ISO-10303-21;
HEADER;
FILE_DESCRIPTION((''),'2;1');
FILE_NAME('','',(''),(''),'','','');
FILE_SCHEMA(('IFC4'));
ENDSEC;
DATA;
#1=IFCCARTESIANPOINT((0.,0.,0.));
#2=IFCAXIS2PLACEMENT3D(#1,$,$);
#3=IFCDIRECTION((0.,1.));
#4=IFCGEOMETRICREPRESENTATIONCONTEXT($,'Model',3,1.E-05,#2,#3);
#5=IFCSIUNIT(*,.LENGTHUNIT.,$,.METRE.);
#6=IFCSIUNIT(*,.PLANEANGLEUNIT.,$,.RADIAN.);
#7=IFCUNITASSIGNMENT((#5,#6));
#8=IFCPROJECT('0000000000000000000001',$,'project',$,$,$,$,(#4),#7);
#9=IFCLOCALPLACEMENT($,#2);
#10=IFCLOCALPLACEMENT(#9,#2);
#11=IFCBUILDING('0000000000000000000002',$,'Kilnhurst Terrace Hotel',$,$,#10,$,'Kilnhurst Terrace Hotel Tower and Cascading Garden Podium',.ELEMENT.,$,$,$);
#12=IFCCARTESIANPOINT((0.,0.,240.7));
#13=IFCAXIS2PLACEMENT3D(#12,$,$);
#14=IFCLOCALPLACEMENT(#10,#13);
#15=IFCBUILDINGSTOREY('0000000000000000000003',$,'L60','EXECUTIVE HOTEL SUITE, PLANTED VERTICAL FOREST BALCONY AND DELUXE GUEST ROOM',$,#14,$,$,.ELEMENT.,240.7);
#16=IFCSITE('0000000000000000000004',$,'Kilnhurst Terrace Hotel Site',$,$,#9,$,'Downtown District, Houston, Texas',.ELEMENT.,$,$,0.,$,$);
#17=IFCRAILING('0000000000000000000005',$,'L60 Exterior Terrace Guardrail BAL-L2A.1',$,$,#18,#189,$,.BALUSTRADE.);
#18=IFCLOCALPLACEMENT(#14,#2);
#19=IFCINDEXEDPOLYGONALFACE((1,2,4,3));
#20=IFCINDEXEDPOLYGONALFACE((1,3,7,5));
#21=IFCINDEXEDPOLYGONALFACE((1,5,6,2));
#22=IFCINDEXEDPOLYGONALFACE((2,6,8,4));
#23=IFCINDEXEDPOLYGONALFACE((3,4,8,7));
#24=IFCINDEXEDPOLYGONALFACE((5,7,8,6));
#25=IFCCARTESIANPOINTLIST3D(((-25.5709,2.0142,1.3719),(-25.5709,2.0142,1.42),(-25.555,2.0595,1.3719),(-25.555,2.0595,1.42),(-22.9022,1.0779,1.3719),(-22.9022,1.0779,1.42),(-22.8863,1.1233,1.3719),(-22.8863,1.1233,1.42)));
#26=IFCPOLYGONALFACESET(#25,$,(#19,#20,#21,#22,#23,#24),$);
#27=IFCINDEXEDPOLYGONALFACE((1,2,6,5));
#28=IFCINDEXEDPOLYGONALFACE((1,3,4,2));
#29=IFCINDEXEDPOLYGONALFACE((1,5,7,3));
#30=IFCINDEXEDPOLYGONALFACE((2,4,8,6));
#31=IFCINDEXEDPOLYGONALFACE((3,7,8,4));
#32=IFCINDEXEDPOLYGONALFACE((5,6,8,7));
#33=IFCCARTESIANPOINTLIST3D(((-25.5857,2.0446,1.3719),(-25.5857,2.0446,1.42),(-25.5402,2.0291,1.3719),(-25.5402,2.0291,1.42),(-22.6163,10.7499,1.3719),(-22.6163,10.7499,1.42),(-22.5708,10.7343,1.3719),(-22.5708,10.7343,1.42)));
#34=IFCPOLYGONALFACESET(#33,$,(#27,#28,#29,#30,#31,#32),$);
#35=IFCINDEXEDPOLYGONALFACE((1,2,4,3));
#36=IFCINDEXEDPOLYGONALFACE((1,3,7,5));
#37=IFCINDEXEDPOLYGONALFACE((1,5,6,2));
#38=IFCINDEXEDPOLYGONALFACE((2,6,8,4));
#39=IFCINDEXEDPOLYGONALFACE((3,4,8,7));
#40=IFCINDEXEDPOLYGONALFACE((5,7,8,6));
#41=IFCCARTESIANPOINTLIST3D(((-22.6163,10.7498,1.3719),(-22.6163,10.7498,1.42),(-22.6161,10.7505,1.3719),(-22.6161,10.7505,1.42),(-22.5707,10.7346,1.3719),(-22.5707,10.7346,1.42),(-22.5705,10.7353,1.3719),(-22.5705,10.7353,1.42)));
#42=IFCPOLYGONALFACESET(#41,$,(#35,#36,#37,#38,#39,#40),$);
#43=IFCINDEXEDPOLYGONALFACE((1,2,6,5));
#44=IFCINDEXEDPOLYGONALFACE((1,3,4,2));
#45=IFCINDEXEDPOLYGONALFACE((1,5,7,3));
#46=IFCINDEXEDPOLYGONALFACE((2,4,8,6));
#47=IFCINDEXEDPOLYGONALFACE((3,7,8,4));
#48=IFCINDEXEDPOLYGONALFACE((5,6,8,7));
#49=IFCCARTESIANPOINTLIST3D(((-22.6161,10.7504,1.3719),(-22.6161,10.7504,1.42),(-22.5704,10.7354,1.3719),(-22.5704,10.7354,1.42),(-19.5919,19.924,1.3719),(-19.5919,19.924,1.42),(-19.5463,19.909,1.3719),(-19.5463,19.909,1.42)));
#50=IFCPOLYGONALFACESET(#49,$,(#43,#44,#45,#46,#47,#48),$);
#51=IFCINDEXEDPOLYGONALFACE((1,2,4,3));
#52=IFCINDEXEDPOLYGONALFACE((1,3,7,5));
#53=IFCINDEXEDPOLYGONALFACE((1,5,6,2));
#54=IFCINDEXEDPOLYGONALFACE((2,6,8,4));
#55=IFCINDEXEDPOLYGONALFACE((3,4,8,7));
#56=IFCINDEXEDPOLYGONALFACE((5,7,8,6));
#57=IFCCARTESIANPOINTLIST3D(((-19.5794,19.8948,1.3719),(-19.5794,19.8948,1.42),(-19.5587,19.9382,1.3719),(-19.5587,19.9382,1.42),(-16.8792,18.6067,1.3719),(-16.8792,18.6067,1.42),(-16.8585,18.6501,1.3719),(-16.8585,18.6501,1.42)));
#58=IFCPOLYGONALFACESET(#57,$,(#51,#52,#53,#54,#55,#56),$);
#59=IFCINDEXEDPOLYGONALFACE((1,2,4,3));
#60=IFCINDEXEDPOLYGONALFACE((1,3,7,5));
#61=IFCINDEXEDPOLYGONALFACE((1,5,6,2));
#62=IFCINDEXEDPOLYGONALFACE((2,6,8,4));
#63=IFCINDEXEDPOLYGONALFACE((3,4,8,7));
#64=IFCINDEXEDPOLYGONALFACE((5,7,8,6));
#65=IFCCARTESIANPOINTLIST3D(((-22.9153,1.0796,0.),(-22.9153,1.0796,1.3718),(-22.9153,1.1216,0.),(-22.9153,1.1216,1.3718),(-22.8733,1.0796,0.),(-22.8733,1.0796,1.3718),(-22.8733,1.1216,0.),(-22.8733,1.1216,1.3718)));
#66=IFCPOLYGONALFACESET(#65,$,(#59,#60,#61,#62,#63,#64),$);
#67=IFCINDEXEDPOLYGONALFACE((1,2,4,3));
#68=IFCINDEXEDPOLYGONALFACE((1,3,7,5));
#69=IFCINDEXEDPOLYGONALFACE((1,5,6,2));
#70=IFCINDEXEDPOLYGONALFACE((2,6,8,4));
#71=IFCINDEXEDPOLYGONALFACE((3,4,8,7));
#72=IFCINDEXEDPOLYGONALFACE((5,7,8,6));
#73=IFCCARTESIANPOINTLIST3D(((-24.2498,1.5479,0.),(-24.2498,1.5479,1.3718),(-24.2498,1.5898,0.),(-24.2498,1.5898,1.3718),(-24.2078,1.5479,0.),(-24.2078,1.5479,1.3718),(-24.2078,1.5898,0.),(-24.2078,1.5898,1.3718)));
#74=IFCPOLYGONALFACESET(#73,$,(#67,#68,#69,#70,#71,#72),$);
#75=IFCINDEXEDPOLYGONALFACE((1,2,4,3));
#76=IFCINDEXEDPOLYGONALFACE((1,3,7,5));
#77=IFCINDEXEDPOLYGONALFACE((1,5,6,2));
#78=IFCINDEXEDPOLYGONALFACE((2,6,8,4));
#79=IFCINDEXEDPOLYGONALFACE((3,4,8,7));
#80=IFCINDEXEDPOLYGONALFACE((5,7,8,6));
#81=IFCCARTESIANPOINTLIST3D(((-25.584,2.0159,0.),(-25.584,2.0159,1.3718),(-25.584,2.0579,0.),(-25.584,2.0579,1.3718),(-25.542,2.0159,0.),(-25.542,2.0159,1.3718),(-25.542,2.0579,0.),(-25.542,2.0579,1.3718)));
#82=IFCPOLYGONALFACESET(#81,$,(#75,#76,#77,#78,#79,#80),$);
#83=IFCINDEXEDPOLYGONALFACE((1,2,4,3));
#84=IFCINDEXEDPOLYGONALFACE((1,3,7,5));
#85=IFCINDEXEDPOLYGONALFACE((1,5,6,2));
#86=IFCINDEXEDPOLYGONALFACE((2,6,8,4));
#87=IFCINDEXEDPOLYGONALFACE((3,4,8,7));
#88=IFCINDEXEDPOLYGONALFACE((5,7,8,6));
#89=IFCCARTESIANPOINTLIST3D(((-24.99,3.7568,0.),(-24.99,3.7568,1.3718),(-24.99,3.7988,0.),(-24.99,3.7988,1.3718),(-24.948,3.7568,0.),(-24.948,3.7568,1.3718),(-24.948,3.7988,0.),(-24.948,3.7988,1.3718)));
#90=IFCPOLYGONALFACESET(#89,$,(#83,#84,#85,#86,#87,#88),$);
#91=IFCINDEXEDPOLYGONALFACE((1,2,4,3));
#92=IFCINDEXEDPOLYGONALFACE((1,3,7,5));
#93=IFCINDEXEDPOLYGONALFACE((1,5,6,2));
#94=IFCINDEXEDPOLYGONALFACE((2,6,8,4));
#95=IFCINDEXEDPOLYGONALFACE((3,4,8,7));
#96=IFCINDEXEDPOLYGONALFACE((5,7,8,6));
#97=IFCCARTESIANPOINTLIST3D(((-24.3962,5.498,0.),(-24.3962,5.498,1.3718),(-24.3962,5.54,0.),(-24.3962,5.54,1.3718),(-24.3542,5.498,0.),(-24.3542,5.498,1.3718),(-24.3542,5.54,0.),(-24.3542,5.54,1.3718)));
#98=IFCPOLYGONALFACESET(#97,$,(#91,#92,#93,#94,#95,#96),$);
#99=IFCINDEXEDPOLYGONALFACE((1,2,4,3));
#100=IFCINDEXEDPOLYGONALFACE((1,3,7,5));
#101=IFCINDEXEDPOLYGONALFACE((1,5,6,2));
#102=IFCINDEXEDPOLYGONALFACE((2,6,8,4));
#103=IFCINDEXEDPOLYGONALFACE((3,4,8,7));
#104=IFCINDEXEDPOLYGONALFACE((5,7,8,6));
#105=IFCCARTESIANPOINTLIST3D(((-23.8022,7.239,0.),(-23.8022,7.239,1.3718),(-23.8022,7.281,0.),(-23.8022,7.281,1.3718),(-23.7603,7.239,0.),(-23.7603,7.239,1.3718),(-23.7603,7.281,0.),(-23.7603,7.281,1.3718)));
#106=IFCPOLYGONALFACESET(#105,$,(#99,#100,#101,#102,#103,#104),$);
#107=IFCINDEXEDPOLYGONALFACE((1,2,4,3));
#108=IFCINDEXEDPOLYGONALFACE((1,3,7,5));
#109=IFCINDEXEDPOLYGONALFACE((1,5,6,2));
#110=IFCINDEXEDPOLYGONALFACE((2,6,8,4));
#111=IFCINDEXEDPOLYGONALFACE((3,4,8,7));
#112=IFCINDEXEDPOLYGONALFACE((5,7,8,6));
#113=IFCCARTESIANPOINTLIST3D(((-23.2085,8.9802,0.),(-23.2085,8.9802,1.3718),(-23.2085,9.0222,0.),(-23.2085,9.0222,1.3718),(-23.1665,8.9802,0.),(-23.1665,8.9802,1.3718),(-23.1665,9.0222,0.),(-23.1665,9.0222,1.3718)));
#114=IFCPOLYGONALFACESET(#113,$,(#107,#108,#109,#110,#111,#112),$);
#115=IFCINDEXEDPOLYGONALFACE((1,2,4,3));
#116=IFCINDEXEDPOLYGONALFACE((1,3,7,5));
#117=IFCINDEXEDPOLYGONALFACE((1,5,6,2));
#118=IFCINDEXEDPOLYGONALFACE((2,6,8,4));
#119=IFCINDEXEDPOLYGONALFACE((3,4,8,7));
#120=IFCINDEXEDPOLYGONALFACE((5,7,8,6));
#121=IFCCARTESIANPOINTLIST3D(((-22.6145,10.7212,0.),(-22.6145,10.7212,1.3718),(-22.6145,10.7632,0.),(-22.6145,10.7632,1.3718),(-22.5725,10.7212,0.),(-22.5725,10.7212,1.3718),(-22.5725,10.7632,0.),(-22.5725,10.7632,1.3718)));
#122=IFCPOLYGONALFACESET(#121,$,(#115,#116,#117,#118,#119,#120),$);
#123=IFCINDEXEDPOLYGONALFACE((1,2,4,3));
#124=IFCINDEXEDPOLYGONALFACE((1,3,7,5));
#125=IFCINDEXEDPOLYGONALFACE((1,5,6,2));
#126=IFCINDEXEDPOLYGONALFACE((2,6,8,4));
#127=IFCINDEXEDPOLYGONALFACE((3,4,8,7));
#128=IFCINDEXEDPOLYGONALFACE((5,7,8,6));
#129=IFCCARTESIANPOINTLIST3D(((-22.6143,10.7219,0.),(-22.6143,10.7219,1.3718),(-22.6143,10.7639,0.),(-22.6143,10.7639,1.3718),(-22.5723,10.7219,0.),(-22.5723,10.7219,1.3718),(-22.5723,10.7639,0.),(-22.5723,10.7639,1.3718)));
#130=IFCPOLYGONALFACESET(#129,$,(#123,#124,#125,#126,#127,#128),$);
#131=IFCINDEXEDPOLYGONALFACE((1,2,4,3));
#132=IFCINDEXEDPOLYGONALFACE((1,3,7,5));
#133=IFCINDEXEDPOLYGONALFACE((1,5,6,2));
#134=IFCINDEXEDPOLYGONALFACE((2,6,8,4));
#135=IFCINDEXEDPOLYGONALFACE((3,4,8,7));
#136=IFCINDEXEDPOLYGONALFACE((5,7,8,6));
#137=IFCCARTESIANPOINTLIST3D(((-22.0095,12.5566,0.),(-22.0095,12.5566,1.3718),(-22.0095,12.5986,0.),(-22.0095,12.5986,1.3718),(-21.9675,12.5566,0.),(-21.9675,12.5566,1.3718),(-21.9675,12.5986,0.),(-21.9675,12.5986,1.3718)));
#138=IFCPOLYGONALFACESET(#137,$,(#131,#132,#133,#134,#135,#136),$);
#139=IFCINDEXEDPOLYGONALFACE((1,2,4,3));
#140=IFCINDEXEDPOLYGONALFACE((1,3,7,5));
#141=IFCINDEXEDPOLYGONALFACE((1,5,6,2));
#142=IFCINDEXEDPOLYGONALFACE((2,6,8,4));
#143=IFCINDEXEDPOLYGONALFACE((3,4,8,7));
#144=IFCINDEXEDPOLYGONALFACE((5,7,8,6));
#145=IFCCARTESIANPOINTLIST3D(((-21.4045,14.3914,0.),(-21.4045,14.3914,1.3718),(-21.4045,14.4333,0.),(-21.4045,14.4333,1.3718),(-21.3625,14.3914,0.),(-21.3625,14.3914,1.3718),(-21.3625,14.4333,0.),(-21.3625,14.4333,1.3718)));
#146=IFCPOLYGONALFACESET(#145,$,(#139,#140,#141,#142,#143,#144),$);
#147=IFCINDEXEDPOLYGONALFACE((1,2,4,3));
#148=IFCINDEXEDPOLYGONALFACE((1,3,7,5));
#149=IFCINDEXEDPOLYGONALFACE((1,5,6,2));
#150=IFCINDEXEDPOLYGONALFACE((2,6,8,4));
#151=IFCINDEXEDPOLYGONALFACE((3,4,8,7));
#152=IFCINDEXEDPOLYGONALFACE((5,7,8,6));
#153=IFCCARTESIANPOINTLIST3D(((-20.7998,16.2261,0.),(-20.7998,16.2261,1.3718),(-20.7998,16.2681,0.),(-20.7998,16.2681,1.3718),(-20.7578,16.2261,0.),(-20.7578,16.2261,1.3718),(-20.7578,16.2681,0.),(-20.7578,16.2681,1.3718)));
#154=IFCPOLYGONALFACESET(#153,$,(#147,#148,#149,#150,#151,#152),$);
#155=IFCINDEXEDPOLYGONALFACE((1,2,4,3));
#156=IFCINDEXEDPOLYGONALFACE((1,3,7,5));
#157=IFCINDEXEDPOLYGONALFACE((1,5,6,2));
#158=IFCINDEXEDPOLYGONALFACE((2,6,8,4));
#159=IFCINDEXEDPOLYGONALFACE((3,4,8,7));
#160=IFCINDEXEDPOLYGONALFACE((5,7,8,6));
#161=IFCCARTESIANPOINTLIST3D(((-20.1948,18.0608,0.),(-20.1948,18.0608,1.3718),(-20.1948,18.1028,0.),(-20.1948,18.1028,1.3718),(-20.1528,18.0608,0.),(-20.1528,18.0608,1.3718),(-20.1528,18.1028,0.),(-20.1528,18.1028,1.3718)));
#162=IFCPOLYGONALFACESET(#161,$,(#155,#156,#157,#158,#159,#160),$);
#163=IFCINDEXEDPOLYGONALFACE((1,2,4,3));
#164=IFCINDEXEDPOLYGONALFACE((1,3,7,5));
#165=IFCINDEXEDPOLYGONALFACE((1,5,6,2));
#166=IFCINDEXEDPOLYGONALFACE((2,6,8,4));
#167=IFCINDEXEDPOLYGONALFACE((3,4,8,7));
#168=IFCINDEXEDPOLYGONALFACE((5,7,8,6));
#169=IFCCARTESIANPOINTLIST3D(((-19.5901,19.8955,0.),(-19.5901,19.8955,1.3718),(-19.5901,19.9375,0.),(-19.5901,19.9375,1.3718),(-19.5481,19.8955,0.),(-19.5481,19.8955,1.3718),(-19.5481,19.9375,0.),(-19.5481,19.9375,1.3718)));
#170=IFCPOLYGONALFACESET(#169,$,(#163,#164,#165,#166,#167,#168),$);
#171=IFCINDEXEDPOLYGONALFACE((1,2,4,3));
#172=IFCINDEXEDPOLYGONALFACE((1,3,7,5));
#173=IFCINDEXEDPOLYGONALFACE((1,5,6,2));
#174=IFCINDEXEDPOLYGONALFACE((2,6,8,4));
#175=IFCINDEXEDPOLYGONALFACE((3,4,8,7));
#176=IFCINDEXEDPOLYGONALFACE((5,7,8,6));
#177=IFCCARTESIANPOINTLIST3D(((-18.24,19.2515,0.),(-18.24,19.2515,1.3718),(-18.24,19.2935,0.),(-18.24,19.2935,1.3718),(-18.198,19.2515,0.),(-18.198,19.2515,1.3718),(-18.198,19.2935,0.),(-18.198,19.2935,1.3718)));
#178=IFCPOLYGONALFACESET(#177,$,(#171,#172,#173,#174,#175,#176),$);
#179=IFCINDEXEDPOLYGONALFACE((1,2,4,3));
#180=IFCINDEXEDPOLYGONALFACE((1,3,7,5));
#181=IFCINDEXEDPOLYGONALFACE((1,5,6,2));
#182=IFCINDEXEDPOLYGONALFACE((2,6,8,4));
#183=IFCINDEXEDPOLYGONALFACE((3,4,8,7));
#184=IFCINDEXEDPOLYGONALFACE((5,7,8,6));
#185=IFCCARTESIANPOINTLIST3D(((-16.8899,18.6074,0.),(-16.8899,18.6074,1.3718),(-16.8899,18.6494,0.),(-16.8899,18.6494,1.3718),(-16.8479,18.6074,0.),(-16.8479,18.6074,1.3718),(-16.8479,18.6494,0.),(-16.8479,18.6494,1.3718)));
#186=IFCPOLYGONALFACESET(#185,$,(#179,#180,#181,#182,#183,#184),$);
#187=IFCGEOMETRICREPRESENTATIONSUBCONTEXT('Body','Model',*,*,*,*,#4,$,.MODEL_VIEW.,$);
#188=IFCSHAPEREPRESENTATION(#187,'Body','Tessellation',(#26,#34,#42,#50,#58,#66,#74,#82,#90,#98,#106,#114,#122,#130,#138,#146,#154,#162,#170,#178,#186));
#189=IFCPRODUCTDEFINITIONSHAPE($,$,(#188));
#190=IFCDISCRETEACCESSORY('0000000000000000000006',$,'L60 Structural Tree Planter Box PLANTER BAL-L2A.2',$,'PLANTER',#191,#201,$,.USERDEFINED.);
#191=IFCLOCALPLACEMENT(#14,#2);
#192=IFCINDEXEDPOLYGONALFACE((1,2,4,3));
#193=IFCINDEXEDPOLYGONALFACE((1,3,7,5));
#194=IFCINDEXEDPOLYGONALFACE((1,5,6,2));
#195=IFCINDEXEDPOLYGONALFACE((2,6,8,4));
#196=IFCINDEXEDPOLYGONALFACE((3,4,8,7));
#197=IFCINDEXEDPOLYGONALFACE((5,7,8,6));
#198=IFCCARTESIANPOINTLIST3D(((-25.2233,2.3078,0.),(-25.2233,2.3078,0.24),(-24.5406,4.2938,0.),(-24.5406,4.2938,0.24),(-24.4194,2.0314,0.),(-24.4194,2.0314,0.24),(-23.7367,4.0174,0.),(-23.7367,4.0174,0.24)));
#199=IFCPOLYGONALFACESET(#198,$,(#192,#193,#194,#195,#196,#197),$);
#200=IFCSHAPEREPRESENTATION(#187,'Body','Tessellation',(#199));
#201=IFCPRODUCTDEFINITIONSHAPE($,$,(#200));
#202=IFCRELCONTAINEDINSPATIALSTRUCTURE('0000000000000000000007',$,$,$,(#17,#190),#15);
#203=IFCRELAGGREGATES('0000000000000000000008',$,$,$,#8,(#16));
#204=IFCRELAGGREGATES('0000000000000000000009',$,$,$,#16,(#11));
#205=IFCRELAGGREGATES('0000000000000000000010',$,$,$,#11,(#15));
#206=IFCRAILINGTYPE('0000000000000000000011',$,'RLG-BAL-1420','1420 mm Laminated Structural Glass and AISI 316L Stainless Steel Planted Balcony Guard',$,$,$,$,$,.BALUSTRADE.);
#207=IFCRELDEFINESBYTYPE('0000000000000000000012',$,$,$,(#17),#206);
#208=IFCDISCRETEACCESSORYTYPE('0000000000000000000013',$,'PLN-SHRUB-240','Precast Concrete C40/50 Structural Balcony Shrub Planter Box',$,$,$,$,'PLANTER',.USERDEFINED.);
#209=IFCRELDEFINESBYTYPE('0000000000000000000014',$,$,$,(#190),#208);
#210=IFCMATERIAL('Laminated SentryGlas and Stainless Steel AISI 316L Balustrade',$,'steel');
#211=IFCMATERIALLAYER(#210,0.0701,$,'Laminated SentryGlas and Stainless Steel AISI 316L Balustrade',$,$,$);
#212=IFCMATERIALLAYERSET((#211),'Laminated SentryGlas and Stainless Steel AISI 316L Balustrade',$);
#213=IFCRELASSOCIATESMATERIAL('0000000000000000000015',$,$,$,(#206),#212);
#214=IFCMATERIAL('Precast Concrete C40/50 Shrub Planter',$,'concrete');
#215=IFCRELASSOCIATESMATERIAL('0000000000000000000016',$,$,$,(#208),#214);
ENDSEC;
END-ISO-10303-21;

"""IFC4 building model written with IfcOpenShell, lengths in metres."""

from ifc_helpers import new_model, si_unit, direction, frame, origin, origin_2d, place, context, subcontext, project, spatial, rectangle, extrude, material, layer, layer_set, type_object, element, save


model = new_model("IFC4")

# Units and contexts
model_context = context("Model", 3, precision=1e-05, world=origin(), true_north=direction((0.0, 1.0)))
body_context = subcontext(model_context, "Body", "Model", "MODEL_VIEW")
ifc_project = project(units=[si_unit("LENGTHUNIT", "METRE"), si_unit("PLANEANGLEUNIT", "RADIAN")], contexts=[model_context])

# Site, building, storey
site_placement = place(None, origin())
site = spatial("IfcSite", under=ifc_project, at=site_placement, Name="Kilnhurst Terrace Hotel Site", LongName="Downtown District, Houston, Texas", CompositionType="ELEMENT", RefElevation=0.0)
building_placement = place(site_placement, origin())
building = spatial("IfcBuilding", under=site, at=building_placement, Name="Kilnhurst Terrace Hotel", LongName="Kilnhurst Terrace Hotel Tower and Cascading Garden Podium", CompositionType="ELEMENT")
storey_placement = place(building_placement, frame((0.0, 0.0, 240.7)))
storey = spatial("IfcBuildingStorey", under=building, at=storey_placement, Name="L60", Description="EXECUTIVE HOTEL SUITE, PLANTED VERTICAL FOREST BALCONY AND DELUXE GUEST ROOM", CompositionType="ELEMENT", Elevation=240.7)

# Railing
ifc_material_1 = material(Name="Laminated SentryGlas and Stainless Steel AISI 316L Balustrade", Category="steel")
ifc_layer_1 = layer(ifc_material_1, 0.0701, Name="Laminated SentryGlas and Stainless Steel AISI 316L Balustrade")
ifc_layer_set_1 = layer_set([ifc_layer_1], Name="Laminated SentryGlas and Stainless Steel AISI 316L Balustrade")
railing_type = type_object("IfcRailingType", Name="RLG-BAL-1420", Description="1420 mm Laminated Structural Glass and AISI 316L Stainless Steel Planted Balcony Guard", PredefinedType="BALUSTRADE", material=ifc_layer_set_1)
railing_placement = place(storey_placement, frame((-22.8943, 1.1006, 0.0)))
element("IfcRailing", 1, at=railing_placement, inside=storey, type_object=railing_type, Name="L60 Exterior Terrace Guardrail BAL-L2A.1", PredefinedType="BALUSTRADE", context=body_context, shape_type="SweptSolid", body=[
    extrude(rectangle(XDim=0.0481, YDim=0.0481, at=origin_2d()), frame((0.0, 0.0, 1.396), z_axis=(-0.943612, 0.331054, 0.0), x_axis=(-0.331054, -0.943612, 0.0)), (0.0, 0.0, 1.0), 2.8281),
    extrude(rectangle(XDim=0.0481, YDim=0.0481, at=origin_2d()), frame((-2.6687, 0.9363, 1.396), z_axis=(0.322845, 0.946452, 0.0), x_axis=(-0.946452, 0.322845, 0.0)), (0.0, 0.0, 1.0), 9.1978),
    extrude(rectangle(XDim=0.0481, YDim=0.0481, at=origin_2d()), frame((0.3008, 9.6416, 1.396), z_axis=(0.316228, 0.948683, 0.0), x_axis=(-0.948683, 0.316228, 0.0)), (0.0, 0.0, 1.0), 0.0007),
    extrude(rectangle(XDim=0.0481, YDim=0.0481, at=origin_2d()), frame((0.301, 9.6423, 1.396), z_axis=(0.313087, 0.949725, 0.0), x_axis=(-0.949725, 0.313087, 0.0)), (0.0, 0.0, 1.0), 9.6592),
    extrude(rectangle(XDim=0.0481, YDim=0.0481, at=origin_2d()), frame((3.3252, 18.8159, 1.396), z_axis=(0.902565, -0.430554, 0.0), x_axis=(0.430554, 0.902565, 0.0)), (0.0, 0.0, 1.0), 2.9917),
    extrude(rectangle(XDim=0.042, YDim=0.042, at=origin_2d()), origin(), (0.0, 0.0, 1.0), 1.3718),
    extrude(rectangle(XDim=0.042, YDim=0.042, at=origin_2d()), frame((-1.3345, 0.4683, 0.0)), (0.0, 0.0, 1.0), 1.3718),
    extrude(rectangle(XDim=0.042, YDim=0.042, at=origin_2d()), frame((-2.6687, 0.9363, 0.0)), (0.0, 0.0, 1.0), 1.3718),
    extrude(rectangle(XDim=0.042, YDim=0.042, at=origin_2d()), frame((-2.0747, 2.6772, 0.0)), (0.0, 0.0, 1.0), 1.3718),
    extrude(rectangle(XDim=0.042, YDim=0.042, at=origin_2d()), frame((-1.481, 4.4185, 0.0)), (0.0, 0.0, 1.0), 1.3718),
    extrude(rectangle(XDim=0.042, YDim=0.042, at=origin_2d()), frame((-0.887, 6.1594, 0.0)), (0.0, 0.0, 1.0), 1.3718),
    extrude(rectangle(XDim=0.042, YDim=0.042, at=origin_2d()), frame((-0.2932, 7.9006, 0.0)), (0.0, 0.0, 1.0), 1.3718),
    extrude(rectangle(XDim=0.042, YDim=0.042, at=origin_2d()), frame((0.3008, 9.6416, 0.0)), (0.0, 0.0, 1.0), 1.3718),
    extrude(rectangle(XDim=0.042, YDim=0.042, at=origin_2d()), frame((0.301, 9.6423, 0.0)), (0.0, 0.0, 1.0), 1.3718),
    extrude(rectangle(XDim=0.042, YDim=0.042, at=origin_2d()), frame((0.9058, 11.4771, 0.0)), (0.0, 0.0, 1.0), 1.3718),
    extrude(rectangle(XDim=0.042, YDim=0.042, at=origin_2d()), frame((1.5107, 13.3118, 0.0)), (0.0, 0.0, 1.0), 1.3718),
    extrude(rectangle(XDim=0.042, YDim=0.042, at=origin_2d()), frame((2.1155, 15.1465, 0.0)), (0.0, 0.0, 1.0), 1.3718),
    extrude(rectangle(XDim=0.042, YDim=0.042, at=origin_2d()), frame((2.7205, 16.9812, 0.0)), (0.0, 0.0, 1.0), 1.3718),
    extrude(rectangle(XDim=0.042, YDim=0.042, at=origin_2d()), frame((3.3252, 18.8159, 0.0)), (0.0, 0.0, 1.0), 1.3718),
    extrude(rectangle(XDim=0.042, YDim=0.042, at=origin_2d()), frame((4.6753, 18.1719, 0.0)), (0.0, 0.0, 1.0), 1.3718),
    extrude(rectangle(XDim=0.042, YDim=0.042, at=origin_2d()), frame((6.0254, 17.5278, 0.0)), (0.0, 0.0, 1.0), 1.3718),
])

# Discrete accessory
ifc_material_2 = material(Name="Precast Concrete C40/50 Shrub Planter", Category="concrete")
discrete_accessory_type = type_object("IfcDiscreteAccessoryType", Name="PLN-SHRUB-240", Description="Precast Concrete C40/50 Structural Balcony Shrub Planter Box", ElementType="PLANTER", PredefinedType="USERDEFINED", material=ifc_material_2)
discrete_accessory_placement = place(storey_placement, frame((-24.48, 3.1626, 0.0), z_axis=(0.0, 0.0, 1.0), x_axis=(-0.32509, -0.945683, 0.0)))
element("IfcDiscreteAccessory", 2, at=discrete_accessory_placement, inside=storey, type_object=discrete_accessory_type, Name="L60 Structural Tree Planter Box PLANTER BAL-L2A.2", ObjectType="PLANTER", PredefinedType="USERDEFINED", context=body_context, shape_type="SweptSolid", body=[
    extrude(rectangle(XDim=2.1001, YDim=0.8501, at=origin_2d()), origin(), (0.0, 0.0, 1.0), 0.24),
])

save(model, "model.ifc")
